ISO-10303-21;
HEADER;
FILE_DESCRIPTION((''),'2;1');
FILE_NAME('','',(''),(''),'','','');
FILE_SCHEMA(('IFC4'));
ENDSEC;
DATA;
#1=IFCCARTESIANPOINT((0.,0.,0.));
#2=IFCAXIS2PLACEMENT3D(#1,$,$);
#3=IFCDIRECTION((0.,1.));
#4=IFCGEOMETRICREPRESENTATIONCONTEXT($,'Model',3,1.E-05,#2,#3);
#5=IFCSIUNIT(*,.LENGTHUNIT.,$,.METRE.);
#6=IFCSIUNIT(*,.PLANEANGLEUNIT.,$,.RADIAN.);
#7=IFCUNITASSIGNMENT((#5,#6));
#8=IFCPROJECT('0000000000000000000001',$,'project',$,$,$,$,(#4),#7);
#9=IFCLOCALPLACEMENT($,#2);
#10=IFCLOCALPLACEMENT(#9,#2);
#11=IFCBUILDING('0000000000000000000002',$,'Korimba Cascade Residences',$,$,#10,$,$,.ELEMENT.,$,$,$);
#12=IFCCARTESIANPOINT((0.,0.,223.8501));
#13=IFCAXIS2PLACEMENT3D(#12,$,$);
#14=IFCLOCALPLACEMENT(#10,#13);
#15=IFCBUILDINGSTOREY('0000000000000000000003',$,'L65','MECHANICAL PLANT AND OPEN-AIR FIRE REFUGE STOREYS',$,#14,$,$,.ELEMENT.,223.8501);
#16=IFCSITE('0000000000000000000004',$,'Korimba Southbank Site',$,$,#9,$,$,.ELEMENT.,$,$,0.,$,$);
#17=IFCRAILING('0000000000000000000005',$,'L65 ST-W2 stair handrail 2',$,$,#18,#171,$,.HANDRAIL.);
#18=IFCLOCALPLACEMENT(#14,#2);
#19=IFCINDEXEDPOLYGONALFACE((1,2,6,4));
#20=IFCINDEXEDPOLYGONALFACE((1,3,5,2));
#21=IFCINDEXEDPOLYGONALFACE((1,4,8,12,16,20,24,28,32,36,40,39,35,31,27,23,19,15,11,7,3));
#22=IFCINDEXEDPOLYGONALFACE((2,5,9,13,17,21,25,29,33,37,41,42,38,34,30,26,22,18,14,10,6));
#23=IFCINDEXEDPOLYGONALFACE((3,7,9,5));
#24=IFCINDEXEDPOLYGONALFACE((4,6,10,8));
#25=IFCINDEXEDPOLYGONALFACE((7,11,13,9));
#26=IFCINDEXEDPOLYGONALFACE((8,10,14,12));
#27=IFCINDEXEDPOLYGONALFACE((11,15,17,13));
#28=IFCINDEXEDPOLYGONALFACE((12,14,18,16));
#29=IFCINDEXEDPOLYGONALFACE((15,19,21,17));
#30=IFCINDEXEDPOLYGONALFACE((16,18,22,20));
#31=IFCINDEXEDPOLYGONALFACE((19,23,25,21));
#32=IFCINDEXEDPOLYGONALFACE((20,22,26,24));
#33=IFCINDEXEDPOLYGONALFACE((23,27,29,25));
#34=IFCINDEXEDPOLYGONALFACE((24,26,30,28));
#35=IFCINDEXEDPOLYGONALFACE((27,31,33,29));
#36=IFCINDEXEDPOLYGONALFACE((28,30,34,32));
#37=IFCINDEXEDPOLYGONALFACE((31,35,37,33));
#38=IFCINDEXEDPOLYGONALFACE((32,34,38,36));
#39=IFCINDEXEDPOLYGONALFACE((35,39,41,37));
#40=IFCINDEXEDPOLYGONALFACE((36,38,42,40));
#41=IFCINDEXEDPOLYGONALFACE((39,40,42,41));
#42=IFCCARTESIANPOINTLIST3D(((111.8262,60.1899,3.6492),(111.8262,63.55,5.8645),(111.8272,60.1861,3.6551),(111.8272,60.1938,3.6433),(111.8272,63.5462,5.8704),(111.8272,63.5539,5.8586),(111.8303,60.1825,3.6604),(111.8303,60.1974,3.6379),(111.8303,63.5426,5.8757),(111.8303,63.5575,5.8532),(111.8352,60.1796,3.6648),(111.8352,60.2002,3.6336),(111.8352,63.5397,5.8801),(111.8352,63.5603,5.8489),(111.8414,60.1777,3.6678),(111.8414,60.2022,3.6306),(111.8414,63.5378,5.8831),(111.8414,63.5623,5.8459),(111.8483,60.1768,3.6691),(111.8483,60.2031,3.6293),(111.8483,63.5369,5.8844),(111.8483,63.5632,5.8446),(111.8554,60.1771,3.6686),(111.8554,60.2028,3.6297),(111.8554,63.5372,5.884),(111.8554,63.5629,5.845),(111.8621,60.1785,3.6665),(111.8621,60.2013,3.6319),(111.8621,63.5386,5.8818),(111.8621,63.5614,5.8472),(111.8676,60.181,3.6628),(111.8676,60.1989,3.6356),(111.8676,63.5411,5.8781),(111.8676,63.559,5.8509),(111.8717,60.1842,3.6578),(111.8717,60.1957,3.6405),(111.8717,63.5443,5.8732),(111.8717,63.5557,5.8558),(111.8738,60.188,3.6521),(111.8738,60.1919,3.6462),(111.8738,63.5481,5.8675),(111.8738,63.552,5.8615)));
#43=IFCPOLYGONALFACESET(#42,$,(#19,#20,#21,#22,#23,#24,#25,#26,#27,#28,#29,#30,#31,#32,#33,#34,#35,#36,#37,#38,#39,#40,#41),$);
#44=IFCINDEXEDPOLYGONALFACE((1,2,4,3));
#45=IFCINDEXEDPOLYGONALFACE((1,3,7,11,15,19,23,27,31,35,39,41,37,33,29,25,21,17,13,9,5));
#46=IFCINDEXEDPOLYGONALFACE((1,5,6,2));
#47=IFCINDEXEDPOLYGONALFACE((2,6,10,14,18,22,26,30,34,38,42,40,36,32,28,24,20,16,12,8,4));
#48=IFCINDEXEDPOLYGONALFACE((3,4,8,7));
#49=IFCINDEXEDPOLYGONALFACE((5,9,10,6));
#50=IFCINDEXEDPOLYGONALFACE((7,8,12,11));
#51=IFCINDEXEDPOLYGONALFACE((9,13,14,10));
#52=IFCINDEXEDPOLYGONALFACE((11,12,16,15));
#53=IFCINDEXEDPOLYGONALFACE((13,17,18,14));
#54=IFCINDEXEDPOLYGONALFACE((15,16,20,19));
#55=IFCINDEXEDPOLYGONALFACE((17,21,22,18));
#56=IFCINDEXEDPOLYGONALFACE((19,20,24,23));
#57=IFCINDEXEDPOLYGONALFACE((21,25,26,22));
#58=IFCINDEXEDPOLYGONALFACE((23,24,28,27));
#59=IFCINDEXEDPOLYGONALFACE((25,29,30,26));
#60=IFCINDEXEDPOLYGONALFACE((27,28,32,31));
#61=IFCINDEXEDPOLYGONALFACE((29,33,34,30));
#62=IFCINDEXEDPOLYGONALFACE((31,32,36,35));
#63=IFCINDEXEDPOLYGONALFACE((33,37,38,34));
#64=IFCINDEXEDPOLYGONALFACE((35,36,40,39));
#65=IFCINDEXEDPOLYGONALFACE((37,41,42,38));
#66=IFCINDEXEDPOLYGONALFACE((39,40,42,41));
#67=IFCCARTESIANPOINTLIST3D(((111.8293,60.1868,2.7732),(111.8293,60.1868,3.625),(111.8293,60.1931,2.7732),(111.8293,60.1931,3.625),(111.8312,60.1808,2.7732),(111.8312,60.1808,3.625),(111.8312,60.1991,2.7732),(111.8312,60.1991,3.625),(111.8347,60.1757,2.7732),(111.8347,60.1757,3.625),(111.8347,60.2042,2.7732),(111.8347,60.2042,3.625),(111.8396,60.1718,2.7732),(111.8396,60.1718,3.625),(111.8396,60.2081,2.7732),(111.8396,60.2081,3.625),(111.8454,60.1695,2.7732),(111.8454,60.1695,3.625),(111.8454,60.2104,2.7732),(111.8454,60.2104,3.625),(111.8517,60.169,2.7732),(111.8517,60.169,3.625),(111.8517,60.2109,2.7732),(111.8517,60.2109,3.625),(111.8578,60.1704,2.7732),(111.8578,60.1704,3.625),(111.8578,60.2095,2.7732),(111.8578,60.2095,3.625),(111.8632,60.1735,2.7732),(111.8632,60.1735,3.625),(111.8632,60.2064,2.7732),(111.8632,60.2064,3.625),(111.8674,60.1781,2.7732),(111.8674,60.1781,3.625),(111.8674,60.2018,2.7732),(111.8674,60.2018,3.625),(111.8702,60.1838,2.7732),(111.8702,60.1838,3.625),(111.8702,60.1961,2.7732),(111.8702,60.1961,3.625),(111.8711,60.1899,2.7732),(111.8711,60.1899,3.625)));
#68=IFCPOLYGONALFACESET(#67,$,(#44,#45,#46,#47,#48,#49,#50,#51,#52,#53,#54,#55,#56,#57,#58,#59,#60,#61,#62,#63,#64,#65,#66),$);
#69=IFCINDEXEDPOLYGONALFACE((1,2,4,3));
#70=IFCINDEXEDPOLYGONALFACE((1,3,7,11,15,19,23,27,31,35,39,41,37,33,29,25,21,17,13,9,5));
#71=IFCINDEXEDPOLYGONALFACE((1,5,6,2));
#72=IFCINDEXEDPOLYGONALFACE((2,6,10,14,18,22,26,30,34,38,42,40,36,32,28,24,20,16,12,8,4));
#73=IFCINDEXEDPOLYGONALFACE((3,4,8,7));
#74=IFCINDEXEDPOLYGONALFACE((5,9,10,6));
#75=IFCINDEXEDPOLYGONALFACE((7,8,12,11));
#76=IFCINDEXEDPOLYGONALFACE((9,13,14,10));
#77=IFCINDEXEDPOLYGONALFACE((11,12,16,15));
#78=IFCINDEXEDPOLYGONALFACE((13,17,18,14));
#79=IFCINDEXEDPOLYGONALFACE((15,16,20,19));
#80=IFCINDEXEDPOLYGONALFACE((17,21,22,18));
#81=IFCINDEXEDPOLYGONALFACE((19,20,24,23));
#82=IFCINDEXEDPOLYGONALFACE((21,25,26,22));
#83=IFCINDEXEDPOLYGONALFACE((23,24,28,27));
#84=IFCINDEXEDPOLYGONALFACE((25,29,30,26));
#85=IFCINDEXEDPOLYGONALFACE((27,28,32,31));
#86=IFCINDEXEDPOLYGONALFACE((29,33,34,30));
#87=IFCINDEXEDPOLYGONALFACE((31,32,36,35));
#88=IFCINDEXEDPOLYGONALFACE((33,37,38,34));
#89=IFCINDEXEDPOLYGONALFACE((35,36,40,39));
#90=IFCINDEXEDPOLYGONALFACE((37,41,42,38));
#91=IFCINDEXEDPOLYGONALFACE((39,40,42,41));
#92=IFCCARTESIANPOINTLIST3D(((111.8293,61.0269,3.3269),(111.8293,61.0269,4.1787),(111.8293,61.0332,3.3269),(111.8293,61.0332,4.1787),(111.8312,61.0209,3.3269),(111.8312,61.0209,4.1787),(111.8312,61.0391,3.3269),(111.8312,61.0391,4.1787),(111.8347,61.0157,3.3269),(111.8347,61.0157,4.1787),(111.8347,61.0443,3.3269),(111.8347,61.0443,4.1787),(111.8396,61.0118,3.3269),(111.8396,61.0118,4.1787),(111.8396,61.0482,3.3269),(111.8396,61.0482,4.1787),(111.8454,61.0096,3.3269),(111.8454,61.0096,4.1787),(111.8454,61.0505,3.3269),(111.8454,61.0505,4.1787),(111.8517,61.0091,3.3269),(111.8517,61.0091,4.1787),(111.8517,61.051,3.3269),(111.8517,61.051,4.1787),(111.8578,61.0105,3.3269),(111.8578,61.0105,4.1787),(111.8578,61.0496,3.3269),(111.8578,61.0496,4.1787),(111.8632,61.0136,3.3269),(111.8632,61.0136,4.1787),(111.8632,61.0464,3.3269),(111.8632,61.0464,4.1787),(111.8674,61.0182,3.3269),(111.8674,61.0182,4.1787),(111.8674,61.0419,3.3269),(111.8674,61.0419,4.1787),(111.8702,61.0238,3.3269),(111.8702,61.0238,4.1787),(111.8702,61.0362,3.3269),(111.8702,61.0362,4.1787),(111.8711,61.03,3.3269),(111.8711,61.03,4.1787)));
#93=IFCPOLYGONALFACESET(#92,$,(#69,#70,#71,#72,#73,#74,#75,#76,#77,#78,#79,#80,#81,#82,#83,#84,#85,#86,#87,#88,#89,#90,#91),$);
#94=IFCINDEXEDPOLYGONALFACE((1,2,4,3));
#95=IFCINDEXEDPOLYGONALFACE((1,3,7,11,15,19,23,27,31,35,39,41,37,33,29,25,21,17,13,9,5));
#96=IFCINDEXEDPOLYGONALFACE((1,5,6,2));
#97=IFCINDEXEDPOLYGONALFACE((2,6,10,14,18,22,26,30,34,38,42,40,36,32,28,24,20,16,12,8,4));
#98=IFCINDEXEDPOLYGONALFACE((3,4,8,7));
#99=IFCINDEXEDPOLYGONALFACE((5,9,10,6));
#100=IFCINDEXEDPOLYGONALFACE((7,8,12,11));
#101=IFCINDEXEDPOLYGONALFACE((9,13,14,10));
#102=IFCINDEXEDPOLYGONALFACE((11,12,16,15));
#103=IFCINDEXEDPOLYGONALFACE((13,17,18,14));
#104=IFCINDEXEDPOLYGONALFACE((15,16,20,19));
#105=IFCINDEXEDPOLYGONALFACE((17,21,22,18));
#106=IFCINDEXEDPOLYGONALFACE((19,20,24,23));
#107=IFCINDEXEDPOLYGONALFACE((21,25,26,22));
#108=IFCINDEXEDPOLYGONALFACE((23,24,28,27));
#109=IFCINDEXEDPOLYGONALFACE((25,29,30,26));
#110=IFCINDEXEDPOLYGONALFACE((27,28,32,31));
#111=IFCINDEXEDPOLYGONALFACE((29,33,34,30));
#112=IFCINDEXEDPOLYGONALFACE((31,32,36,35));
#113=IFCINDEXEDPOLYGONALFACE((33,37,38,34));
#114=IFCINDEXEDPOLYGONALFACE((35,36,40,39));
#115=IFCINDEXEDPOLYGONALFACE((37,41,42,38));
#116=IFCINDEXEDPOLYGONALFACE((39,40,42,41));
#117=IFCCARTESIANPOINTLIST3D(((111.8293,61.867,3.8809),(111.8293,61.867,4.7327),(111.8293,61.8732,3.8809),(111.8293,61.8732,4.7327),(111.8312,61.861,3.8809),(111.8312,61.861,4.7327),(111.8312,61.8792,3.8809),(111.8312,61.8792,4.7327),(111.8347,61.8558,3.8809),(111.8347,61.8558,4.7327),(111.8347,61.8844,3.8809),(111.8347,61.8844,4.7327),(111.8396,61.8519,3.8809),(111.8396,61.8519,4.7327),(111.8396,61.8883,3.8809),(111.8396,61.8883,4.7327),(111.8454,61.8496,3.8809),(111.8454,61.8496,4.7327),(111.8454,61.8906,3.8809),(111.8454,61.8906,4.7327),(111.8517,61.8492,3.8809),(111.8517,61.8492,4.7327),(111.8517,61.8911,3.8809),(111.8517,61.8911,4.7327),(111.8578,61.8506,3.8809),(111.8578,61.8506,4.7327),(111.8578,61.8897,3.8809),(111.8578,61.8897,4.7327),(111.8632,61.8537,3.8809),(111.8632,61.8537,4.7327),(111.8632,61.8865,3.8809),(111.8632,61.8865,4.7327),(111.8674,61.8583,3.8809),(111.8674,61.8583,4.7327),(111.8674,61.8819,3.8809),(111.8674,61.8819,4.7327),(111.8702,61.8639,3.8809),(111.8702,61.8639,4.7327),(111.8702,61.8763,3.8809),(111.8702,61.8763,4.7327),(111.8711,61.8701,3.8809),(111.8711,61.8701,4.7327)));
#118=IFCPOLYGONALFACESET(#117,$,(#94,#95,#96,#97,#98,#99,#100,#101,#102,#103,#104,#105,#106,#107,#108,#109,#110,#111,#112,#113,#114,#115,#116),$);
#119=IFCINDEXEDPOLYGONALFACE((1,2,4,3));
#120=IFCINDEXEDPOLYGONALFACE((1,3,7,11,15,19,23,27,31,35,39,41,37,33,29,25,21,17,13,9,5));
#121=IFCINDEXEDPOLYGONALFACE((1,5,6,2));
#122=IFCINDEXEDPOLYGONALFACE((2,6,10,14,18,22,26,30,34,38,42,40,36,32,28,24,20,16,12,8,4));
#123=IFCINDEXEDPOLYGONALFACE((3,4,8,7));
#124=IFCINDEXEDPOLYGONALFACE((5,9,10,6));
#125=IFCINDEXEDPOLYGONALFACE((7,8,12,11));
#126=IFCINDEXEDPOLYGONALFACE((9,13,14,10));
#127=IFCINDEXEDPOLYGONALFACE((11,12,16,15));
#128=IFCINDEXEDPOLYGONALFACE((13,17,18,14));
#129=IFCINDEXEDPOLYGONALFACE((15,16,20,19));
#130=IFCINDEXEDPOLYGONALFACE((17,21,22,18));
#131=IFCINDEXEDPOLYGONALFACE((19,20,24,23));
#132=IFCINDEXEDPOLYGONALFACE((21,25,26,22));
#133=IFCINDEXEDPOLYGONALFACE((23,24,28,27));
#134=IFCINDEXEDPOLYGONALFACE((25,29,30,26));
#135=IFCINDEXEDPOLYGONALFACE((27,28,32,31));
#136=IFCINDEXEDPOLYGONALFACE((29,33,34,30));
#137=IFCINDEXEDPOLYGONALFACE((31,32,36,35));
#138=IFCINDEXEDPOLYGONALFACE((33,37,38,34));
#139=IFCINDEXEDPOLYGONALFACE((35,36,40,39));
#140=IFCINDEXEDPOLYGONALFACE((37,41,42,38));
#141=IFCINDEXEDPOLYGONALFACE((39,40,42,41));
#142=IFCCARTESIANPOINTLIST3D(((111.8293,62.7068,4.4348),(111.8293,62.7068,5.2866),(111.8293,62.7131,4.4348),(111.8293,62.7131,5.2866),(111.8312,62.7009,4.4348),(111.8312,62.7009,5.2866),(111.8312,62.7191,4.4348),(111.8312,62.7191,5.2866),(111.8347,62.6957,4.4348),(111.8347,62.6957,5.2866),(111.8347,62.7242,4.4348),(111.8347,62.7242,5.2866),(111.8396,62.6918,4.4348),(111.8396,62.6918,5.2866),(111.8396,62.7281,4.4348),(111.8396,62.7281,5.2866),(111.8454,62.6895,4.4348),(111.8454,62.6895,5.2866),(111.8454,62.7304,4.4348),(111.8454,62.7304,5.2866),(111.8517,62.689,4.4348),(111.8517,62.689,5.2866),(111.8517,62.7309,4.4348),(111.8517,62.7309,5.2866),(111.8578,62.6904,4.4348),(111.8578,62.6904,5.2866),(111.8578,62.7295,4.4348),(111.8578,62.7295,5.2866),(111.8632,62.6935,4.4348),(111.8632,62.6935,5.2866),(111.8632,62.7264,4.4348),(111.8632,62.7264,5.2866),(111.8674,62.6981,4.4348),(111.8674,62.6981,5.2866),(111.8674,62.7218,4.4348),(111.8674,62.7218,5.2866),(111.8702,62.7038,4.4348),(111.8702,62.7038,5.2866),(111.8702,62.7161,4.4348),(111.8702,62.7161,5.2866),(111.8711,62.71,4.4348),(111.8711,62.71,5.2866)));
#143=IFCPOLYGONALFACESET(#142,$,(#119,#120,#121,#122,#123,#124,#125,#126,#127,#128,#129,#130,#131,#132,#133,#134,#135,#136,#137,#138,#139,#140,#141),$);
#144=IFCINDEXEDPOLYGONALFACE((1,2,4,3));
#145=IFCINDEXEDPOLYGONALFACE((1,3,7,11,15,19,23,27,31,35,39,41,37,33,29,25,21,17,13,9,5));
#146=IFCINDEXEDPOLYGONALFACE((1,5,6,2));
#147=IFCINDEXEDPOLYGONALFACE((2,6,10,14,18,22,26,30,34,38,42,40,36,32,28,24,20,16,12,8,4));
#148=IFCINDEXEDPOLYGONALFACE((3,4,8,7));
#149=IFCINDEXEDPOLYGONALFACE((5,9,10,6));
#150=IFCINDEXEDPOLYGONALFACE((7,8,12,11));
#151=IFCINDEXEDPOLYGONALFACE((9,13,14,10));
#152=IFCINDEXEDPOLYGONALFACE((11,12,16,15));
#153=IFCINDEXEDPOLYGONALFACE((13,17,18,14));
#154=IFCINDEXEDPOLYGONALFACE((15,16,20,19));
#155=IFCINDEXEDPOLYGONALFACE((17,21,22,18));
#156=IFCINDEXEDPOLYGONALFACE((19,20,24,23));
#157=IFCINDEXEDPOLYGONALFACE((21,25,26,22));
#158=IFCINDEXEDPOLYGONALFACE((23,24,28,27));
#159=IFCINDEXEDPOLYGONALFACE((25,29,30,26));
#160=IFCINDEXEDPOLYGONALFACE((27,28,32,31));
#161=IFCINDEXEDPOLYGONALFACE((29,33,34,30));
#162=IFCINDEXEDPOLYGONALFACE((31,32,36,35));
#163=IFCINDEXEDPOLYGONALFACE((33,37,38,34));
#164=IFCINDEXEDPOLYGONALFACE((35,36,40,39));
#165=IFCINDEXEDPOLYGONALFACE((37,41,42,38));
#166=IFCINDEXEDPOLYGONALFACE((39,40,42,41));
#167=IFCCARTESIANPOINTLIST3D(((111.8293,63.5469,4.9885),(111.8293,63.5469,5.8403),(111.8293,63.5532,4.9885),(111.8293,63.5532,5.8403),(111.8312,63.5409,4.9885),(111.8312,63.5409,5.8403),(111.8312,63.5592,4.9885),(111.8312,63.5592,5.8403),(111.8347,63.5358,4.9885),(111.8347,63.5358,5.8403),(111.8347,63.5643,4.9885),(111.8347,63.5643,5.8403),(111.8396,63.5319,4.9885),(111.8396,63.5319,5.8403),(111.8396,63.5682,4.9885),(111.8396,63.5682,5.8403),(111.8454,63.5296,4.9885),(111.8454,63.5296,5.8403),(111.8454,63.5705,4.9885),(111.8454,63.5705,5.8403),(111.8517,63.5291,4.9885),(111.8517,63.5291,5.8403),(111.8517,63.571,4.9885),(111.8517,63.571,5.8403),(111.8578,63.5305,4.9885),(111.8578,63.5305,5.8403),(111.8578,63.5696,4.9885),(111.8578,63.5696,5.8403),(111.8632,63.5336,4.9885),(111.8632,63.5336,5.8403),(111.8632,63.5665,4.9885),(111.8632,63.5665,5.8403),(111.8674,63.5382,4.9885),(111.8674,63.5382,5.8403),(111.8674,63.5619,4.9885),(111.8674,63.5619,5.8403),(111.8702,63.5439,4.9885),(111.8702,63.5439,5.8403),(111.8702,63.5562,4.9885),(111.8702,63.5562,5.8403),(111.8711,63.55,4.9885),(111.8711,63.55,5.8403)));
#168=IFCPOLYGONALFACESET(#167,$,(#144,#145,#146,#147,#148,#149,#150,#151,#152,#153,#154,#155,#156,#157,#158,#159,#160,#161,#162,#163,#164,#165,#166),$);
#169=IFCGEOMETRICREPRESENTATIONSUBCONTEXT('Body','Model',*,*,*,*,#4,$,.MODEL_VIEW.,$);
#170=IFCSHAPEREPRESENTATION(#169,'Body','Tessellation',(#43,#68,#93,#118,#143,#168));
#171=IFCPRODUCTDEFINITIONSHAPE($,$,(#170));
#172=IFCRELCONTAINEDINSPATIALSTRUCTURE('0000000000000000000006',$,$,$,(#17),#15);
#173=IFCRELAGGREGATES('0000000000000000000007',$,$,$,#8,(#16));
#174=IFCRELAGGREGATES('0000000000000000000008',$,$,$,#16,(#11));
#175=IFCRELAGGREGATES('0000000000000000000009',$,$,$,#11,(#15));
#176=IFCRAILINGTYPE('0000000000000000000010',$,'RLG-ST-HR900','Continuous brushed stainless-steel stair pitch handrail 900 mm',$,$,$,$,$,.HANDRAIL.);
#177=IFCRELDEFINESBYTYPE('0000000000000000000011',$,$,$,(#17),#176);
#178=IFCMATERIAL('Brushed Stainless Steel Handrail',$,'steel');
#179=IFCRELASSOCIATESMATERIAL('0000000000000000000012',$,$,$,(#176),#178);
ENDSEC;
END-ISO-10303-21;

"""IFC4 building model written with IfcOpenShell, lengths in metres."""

from ifc_helpers import new_model, si_unit, direction, frame, origin, origin_2d, place, context, subcontext, project, spatial, circle, extrude, material, type_object, element, save


model = new_model("IFC4")

# Units and contexts
model_context = context("Model", 3, precision=1e-05, world=origin(), true_north=direction((0.0, 1.0)))
body_context = subcontext(model_context, "Body", "Model", "MODEL_VIEW")
ifc_project = project(units=[si_unit("LENGTHUNIT", "METRE"), si_unit("PLANEANGLEUNIT", "RADIAN")], contexts=[model_context])

# Site, building, storey
site_placement = place(None, origin())
site = spatial("IfcSite", under=ifc_project, at=site_placement, Name="Korimba Southbank Site", CompositionType="ELEMENT", RefElevation=0.0)
building_placement = place(site_placement, origin())
building = spatial("IfcBuilding", under=site, at=building_placement, Name="Korimba Cascade Residences", CompositionType="ELEMENT")
storey_placement = place(building_placement, frame((0.0, 0.0, 223.8501)))
storey = spatial("IfcBuildingStorey", under=building, at=storey_placement, Name="L65", Description="MECHANICAL PLANT AND OPEN-AIR FIRE REFUGE STOREYS", CompositionType="ELEMENT", Elevation=223.8501)

# Railing
ifc_material_1 = material(Name="Brushed Stainless Steel Handrail", Category="steel")
railing_type_1 = type_object("IfcRailingType", Name="RLG-ST-HR900", Description="Continuous brushed stainless-steel stair pitch handrail 900 mm", PredefinedType="HANDRAIL", material=ifc_material_1)
railing_1_placement = place(storey_placement, frame((111.8501, 60.1899, 2.7732)))
element("IfcRailing", 1, at=railing_1_placement, inside=storey, type_object=railing_type_1, Name="L65 ST-W2 stair handrail 2", PredefinedType="HANDRAIL", context=body_context, shape_type="SweptSolid", body=[
    extrude(circle(Radius=0.0239, at=origin_2d()), frame((0.0, 0.0, 0.876), z_axis=(0.0, 0.834876, 0.550437), x_axis=(-1.0, 0.0, 0.0)), (0.0, 0.0, 1.0), 4.0247),
    extrude(circle(Radius=0.021, at=origin_2d()), origin(), (0.0, 0.0, 1.0), 0.8518),
    extrude(circle(Radius=0.021, at=origin_2d()), frame((0.0, 0.8401, 0.5537)), (0.0, 0.0, 1.0), 0.8518),
    extrude(circle(Radius=0.021, at=origin_2d()), frame((0.0, 1.6802, 1.1077)), (0.0, 0.0, 1.0), 0.8518),
    extrude(circle(Radius=0.021, at=origin_2d()), frame((0.0, 2.52, 1.6616)), (0.0, 0.0, 1.0), 0.8518),
    extrude(circle(Radius=0.021, at=origin_2d()), frame((0.0, 3.3601, 2.2153)), (0.0, 0.0, 1.0), 0.8518),
])

save(model, "model.ifc")
